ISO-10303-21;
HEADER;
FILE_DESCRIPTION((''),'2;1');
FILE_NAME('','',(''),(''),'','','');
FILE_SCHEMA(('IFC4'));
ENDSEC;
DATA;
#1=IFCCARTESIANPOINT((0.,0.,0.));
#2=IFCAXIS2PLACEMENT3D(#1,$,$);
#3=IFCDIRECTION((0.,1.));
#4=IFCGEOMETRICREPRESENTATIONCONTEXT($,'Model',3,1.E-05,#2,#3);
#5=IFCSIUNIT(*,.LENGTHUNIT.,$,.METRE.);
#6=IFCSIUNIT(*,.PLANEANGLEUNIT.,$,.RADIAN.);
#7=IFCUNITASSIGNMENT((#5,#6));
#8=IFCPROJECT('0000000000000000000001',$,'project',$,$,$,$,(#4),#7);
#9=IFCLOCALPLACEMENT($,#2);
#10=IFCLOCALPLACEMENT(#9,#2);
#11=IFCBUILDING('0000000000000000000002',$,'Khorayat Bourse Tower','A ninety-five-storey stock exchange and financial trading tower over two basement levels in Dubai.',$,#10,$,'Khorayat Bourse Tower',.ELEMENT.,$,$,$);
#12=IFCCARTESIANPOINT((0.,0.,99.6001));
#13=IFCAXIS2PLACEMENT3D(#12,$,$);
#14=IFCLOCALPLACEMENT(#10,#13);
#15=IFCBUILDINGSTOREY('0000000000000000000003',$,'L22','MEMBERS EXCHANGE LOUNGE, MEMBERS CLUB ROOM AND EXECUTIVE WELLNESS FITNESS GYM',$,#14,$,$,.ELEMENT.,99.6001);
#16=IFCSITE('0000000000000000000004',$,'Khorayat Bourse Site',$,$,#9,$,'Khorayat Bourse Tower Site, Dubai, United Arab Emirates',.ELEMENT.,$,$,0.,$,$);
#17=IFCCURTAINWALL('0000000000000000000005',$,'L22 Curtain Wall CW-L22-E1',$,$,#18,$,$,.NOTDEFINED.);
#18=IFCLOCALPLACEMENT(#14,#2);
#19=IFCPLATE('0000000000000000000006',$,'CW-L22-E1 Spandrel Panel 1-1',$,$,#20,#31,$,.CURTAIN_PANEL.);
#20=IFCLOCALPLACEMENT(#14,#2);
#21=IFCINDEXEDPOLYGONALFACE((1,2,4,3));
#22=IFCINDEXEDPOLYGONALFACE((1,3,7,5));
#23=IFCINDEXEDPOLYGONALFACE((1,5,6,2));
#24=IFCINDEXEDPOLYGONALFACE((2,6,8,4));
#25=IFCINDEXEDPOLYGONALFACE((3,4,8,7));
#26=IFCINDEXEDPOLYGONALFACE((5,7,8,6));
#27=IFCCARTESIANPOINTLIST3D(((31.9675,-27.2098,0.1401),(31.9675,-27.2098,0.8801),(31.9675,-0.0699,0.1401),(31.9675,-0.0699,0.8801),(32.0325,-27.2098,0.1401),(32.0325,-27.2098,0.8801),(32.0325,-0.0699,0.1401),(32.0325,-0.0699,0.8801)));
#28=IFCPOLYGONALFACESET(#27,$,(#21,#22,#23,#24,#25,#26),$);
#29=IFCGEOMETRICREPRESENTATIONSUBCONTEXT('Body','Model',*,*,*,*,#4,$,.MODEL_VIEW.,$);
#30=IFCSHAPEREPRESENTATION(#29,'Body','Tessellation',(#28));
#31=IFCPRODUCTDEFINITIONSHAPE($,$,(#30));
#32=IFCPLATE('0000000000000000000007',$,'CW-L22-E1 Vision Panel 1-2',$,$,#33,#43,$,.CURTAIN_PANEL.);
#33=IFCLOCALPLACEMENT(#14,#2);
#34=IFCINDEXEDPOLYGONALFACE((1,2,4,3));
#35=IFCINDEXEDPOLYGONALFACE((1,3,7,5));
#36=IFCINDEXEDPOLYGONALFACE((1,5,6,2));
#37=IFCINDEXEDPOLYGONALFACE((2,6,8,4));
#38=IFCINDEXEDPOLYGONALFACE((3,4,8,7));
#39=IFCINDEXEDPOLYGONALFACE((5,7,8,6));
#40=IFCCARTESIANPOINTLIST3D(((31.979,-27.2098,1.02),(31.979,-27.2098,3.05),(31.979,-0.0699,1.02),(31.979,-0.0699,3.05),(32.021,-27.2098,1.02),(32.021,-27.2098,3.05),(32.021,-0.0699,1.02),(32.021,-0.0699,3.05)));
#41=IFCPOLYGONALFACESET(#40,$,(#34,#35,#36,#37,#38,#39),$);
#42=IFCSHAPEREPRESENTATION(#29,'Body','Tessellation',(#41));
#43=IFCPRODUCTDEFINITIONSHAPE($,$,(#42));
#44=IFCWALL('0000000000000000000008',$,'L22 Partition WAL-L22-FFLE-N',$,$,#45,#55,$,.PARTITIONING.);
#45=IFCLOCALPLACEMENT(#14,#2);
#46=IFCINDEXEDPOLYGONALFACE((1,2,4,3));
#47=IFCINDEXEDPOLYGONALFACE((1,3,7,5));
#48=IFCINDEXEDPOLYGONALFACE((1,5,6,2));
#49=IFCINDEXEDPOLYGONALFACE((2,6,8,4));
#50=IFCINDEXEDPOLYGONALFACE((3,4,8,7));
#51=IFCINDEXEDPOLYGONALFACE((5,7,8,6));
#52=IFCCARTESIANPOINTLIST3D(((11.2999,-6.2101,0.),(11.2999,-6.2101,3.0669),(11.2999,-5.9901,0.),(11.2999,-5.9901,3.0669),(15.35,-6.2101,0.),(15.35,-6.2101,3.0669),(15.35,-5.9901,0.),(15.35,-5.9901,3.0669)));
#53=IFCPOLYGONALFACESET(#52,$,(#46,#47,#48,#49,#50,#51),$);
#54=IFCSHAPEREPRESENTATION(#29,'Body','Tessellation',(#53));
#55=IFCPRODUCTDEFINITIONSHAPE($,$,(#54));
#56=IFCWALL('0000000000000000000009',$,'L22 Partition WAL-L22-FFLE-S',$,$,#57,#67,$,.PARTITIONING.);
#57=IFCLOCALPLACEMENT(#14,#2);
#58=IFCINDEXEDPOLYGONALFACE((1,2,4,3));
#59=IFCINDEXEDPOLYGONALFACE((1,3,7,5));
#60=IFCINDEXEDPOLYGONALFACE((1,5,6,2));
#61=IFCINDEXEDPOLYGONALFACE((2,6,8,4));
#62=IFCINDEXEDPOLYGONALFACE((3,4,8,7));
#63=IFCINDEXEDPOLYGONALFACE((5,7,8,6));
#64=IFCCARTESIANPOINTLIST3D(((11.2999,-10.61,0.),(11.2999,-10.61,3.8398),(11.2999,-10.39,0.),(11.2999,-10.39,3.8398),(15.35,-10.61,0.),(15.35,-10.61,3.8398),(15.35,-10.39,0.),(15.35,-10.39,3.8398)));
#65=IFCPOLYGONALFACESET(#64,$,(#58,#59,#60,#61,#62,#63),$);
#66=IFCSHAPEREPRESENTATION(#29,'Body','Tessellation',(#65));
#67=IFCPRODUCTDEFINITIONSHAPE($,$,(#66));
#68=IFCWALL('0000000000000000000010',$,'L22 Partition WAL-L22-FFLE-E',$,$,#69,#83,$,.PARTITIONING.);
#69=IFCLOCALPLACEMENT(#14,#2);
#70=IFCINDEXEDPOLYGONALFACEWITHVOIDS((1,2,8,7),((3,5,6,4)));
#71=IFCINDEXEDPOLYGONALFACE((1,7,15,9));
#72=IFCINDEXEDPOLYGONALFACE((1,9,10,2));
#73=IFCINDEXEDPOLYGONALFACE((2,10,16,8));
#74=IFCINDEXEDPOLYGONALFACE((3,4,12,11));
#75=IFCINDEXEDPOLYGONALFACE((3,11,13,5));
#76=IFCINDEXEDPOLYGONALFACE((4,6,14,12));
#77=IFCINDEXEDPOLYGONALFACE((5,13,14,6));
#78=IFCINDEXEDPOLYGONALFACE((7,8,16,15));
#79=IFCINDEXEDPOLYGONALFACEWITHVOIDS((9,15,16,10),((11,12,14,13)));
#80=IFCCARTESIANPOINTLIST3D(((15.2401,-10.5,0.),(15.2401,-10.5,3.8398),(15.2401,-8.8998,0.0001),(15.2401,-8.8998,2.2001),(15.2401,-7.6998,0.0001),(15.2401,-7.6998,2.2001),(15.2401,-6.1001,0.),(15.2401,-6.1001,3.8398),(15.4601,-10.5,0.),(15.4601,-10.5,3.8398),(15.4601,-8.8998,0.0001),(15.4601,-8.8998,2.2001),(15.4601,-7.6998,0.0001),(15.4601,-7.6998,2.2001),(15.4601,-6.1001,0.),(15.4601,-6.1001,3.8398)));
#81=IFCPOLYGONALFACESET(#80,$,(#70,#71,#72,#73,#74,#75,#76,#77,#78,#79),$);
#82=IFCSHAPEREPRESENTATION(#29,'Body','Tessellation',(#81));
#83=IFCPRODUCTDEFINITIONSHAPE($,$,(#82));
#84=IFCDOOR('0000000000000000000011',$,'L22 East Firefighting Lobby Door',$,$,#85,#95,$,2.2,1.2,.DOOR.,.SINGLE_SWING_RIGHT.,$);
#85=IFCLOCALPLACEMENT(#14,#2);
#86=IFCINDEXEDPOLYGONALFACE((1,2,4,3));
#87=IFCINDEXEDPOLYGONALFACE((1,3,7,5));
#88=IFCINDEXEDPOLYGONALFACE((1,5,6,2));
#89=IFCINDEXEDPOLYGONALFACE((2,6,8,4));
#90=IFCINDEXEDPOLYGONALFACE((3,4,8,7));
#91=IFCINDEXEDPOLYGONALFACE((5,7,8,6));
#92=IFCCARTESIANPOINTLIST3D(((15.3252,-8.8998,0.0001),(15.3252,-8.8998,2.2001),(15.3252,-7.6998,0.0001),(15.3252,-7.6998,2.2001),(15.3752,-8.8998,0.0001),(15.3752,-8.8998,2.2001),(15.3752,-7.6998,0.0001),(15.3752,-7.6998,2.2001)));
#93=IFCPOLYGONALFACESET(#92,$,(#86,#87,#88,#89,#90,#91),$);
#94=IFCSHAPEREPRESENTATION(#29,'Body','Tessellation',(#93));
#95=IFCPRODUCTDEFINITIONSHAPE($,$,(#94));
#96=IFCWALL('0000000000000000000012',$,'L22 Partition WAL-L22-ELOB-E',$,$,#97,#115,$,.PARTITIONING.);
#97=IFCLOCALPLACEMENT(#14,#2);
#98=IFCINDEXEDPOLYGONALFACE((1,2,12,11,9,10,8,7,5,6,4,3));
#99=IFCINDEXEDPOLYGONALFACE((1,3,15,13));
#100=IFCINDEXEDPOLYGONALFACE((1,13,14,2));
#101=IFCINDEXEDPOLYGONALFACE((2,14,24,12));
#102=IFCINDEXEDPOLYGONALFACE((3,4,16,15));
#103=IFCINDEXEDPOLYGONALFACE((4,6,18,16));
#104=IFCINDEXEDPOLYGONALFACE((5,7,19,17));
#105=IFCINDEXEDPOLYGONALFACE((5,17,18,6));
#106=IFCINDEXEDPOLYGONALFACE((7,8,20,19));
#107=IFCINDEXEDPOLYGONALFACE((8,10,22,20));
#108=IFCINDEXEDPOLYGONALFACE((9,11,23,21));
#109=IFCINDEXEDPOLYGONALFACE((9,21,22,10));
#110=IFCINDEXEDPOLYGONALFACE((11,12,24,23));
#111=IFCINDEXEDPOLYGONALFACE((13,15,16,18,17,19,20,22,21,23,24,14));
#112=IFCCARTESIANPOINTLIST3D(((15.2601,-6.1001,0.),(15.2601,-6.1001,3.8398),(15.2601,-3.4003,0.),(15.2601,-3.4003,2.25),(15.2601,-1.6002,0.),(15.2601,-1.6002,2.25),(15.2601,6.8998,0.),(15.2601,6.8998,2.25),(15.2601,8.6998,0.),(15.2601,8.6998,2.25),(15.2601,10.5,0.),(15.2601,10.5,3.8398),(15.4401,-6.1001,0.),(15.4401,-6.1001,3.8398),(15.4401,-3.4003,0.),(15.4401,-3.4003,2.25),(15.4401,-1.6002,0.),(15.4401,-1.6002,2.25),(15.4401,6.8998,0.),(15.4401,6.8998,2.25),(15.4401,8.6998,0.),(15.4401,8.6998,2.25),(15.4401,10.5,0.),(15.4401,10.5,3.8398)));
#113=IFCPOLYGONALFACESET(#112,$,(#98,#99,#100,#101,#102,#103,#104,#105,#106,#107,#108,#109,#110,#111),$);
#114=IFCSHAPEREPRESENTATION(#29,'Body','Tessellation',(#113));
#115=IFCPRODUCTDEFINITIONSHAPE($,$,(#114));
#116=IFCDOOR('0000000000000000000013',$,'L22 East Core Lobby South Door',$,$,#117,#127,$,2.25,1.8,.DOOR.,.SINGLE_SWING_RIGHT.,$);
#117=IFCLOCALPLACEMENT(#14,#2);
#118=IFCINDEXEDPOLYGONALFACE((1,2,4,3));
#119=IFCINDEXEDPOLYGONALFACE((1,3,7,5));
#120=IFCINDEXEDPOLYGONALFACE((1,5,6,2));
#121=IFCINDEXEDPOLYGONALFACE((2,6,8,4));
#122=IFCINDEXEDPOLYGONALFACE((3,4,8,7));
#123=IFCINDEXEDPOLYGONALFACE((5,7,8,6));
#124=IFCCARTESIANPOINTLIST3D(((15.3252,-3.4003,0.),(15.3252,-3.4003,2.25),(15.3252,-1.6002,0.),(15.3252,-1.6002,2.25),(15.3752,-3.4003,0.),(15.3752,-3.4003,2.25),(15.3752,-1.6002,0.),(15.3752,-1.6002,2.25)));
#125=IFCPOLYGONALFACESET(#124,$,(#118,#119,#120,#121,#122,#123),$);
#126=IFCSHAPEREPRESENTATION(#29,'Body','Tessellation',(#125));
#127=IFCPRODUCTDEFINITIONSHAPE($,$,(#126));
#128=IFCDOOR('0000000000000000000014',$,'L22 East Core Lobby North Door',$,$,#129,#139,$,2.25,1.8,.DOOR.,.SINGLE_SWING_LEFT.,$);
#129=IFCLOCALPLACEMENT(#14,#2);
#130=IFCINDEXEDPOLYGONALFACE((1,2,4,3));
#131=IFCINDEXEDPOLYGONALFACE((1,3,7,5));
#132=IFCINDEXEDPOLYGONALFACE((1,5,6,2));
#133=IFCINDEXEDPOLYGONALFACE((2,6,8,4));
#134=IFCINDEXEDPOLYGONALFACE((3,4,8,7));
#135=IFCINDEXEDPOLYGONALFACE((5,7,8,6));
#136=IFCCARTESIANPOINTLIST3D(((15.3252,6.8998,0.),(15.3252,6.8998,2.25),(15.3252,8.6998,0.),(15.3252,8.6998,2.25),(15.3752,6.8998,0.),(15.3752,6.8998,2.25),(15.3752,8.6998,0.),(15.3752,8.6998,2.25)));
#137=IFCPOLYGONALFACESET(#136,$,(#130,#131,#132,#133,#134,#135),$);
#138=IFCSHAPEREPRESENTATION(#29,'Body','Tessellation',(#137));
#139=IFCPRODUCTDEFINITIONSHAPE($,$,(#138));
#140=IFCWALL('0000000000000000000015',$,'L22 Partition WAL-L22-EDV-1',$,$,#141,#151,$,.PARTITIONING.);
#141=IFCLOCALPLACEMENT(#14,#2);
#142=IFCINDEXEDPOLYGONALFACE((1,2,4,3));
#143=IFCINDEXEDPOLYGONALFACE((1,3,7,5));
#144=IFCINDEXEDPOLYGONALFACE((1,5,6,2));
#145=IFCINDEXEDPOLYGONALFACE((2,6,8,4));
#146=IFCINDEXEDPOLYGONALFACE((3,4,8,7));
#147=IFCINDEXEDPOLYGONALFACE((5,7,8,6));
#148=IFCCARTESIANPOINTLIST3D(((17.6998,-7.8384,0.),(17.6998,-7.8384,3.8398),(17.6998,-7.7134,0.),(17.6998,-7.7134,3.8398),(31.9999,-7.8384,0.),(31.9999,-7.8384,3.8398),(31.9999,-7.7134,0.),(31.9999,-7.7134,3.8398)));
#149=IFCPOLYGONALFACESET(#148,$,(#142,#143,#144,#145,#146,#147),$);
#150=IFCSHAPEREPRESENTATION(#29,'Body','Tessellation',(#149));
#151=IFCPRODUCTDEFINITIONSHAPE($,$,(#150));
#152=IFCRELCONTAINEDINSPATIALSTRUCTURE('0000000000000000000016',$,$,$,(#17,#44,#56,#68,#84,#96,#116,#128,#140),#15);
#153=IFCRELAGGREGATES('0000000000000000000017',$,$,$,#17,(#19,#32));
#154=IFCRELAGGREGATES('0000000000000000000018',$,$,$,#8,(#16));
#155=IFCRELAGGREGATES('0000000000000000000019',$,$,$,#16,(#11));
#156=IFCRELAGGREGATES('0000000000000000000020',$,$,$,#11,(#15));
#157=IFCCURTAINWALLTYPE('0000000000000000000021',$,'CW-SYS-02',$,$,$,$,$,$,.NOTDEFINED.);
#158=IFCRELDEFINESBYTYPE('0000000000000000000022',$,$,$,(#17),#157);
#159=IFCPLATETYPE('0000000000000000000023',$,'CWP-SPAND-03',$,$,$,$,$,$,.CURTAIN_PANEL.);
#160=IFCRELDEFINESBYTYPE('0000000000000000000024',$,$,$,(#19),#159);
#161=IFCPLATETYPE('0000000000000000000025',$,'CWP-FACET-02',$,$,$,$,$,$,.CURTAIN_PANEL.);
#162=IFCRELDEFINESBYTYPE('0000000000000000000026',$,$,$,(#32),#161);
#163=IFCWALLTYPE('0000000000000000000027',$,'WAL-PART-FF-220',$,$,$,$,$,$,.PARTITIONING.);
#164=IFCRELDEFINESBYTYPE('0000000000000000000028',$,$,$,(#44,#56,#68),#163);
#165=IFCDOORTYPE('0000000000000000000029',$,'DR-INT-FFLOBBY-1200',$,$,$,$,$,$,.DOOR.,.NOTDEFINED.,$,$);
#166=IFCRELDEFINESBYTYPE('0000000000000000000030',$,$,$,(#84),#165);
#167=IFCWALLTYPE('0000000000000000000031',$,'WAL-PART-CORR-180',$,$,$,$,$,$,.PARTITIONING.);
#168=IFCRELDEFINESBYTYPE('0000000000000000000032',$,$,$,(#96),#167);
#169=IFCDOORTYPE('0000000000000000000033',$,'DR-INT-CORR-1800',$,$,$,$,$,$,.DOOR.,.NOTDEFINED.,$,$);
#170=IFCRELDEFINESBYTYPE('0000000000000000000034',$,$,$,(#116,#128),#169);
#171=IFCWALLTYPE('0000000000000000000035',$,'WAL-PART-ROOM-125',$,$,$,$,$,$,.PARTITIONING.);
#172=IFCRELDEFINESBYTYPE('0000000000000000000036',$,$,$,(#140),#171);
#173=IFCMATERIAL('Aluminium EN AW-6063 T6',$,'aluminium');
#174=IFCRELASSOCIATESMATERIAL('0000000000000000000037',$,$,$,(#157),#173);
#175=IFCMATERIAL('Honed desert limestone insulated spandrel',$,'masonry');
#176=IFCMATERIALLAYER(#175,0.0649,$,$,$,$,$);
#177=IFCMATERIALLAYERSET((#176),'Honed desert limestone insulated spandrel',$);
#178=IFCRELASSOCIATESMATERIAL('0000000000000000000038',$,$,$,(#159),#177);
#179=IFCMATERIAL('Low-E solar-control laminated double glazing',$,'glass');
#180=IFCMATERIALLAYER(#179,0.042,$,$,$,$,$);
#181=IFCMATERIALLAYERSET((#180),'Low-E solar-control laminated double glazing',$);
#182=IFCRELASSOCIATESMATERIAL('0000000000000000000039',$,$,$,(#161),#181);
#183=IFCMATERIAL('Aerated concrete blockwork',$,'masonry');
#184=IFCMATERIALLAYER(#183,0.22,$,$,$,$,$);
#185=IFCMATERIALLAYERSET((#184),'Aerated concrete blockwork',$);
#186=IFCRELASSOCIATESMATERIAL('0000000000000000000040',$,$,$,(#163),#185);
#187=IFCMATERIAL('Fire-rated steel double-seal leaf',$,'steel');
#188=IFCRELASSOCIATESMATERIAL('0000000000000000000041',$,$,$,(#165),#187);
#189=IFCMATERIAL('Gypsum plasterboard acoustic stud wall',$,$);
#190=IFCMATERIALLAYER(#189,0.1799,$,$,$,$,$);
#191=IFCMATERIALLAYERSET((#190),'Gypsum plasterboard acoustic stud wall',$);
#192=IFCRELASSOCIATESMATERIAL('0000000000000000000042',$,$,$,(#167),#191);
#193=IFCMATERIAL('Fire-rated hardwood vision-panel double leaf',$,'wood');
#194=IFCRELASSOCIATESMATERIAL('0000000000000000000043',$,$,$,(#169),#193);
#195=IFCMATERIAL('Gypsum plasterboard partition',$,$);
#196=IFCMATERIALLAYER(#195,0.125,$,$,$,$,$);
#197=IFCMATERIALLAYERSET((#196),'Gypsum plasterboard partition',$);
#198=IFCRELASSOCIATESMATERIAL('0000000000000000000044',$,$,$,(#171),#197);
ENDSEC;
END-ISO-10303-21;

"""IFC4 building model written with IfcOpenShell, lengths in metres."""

from ifc_helpers import new_model, si_unit, direction, frame, frame_2d, origin, origin_2d, place, context, subcontext, project, spatial, rectangle, extrude, source, transform, mapped, material, layer, layer_set, type_object, element, fill, aggregate, save


model = new_model("IFC4")

# Units and contexts
model_context = context("Model", 3, precision=1e-05, world=origin(), true_north=direction((0.0, 1.0)))
body_context = subcontext(model_context, "Body", "Model", "MODEL_VIEW")
ifc_project = project(units=[si_unit("LENGTHUNIT", "METRE"), si_unit("PLANEANGLEUNIT", "RADIAN")], contexts=[model_context])

# Site, building, storey
site_placement = place(None, origin())
site = spatial("IfcSite", under=ifc_project, at=site_placement, Name="Khorayat Bourse Site", LongName="Khorayat Bourse Tower Site, Dubai, United Arab Emirates", CompositionType="ELEMENT", RefElevation=0.0)
building_placement = place(site_placement, origin())
building = spatial("IfcBuilding", under=site, at=building_placement, Name="Khorayat Bourse Tower", Description="A ninety-five-storey stock exchange and financial trading tower over two basement levels in Dubai.", LongName="Khorayat Bourse Tower", CompositionType="ELEMENT")
storey_placement = place(building_placement, frame((0.0, 0.0, 99.6001)))
storey = spatial("IfcBuildingStorey", under=building, at=storey_placement, Name="L22", Description="MEMBERS EXCHANGE LOUNGE, MEMBERS CLUB ROOM AND EXECUTIVE WELLNESS FITNESS GYM", CompositionType="ELEMENT", Elevation=99.6001)

# Curtain wall
ifc_material_1 = material(Name="Aluminium EN AW-6063 T6", Category="aluminium")
curtain_wall_type = type_object("IfcCurtainWallType", Name="CW-SYS-02", PredefinedType="NOTDEFINED", material=ifc_material_1)
curtain_wall_placement = place(storey_placement, origin())
curtain_wall = element("IfcCurtainWall", 1, at=curtain_wall_placement, inside=storey, type_object=curtain_wall_type, Name="L22 Curtain Wall CW-L22-E1", PredefinedType="NOTDEFINED")

# Plates
ifc_material_2 = material(Name="Honed desert limestone insulated spandrel", Category="masonry")
ifc_layer_1 = layer(ifc_material_2, 0.0649)
ifc_layer_set_1 = layer_set([ifc_layer_1], Name="Honed desert limestone insulated spandrel")
plate_type_1 = type_object("IfcPlateType", Name="CWP-SPAND-03", PredefinedType="CURTAIN_PANEL", material=ifc_layer_set_1)
shared_shape_1 = source(origin(), body_context, "Body", "SweptSolid", [
    extrude(rectangle(XDim=27.1399, YDim=0.0649, at=origin_2d()), origin(), (0.0, 0.0, 1.0), 0.74),
])
plate_1_placement = place(storey_placement, frame((32.0, -13.6399, 0.1401), z_axis=(0.0, 0.0, 1.0), x_axis=(0.0, 1.0, 0.0)))
plate_1 = element("IfcPlate", 2, at=plate_1_placement, type_object=plate_type_1, Name="CW-L22-E1 Spandrel Panel 1-1", PredefinedType="CURTAIN_PANEL", context=body_context, shape_type="MappedRepresentation", body=[
    mapped(shared_shape_1, transform((0.0, 0.0, 0.0), scale=1.0)),
])
ifc_material_3 = material(Name="Low-E solar-control laminated double glazing", Category="glass")
ifc_layer_2 = layer(ifc_material_3, 0.042)
ifc_layer_set_2 = layer_set([ifc_layer_2], Name="Low-E solar-control laminated double glazing")
plate_type_2 = type_object("IfcPlateType", Name="CWP-FACET-02", PredefinedType="CURTAIN_PANEL", material=ifc_layer_set_2)
shared_shape_2 = source(origin(), body_context, "Body", "SweptSolid", [
    extrude(rectangle(XDim=27.1399, YDim=0.042, at=origin_2d()), origin(), (0.0, 0.0, 1.0), 2.03),
])
plate_2_placement = place(storey_placement, frame((32.0, -13.6399, 1.02), z_axis=(0.0, 0.0, 1.0), x_axis=(0.0, 1.0, 0.0)))
plate_2 = element("IfcPlate", 3, at=plate_2_placement, type_object=plate_type_2, Name="CW-L22-E1 Vision Panel 1-2", PredefinedType="CURTAIN_PANEL", context=body_context, shape_type="MappedRepresentation", body=[
    mapped(shared_shape_2, transform((0.0, 0.0, 0.0), scale=1.0)),
])
aggregate(curtain_wall, [plate_1, plate_2])

# Walls
ifc_material_4 = material(Name="Aerated concrete blockwork", Category="masonry")
ifc_layer_3 = layer(ifc_material_4, 0.22)
ifc_layer_set_3 = layer_set([ifc_layer_3], Name="Aerated concrete blockwork")
wall_type_1 = type_object("IfcWallType", Name="WAL-PART-FF-220", PredefinedType="PARTITIONING", material=ifc_layer_set_3)
shared_shape_3 = source(origin(), body_context, "Body", "SweptSolid", [
    extrude(rectangle(XDim=4.05, YDim=0.22, at=frame_2d((2.0249, 0.0))), origin(), (0.0, 0.0, 1.0), 3.0669),
])
wall_1_placement = place(storey_placement, frame((11.3, -6.1001, 0.0), z_axis=(0.0, 0.0, 1.0), x_axis=(1.0, 0.0, 0.0)))
element("IfcWall", 4, at=wall_1_placement, inside=storey, type_object=wall_type_1, Name="L22 Partition WAL-L22-FFLE-N", PredefinedType="PARTITIONING", context=body_context, shape_type="MappedRepresentation", body=[
    mapped(shared_shape_3, transform((0.0, 0.0, 0.0), scale=1.0)),
])
shared_shape_4 = source(origin(), body_context, "Body", "SweptSolid", [
    extrude(rectangle(XDim=4.05, YDim=0.22, at=frame_2d((2.0249, 0.0))), origin(), (0.0, 0.0, 1.0), 3.8398),
])
wall_2_placement = place(storey_placement, frame((11.3, -10.5, 0.0), z_axis=(0.0, 0.0, 1.0), x_axis=(1.0, 0.0, 0.0)))
element("IfcWall", 5, at=wall_2_placement, inside=storey, type_object=wall_type_1, Name="L22 Partition WAL-L22-FFLE-S", PredefinedType="PARTITIONING", context=body_context, shape_type="MappedRepresentation", body=[
    mapped(shared_shape_4, transform((0.0, 0.0, 0.0), scale=1.0)),
])

# Wall, opening, door
shared_shape_5 = source(origin(), body_context, "Body", "SweptSolid", [
    extrude(rectangle(XDim=4.3999, YDim=0.22, at=frame_2d((2.2, 0.0))), origin(), (0.0, 0.0, 1.0), 3.8398),
])
wall_3_placement = place(storey_placement, frame((15.3501, -10.5, 0.0), z_axis=(0.0, 0.0, 1.0), x_axis=(0.0, 1.0, 0.0)))
wall_3 = element("IfcWall", 6, at=wall_3_placement, inside=storey, type_object=wall_type_1, Name="L22 Partition WAL-L22-FFLE-E", PredefinedType="PARTITIONING", context=body_context, shape_type="MappedRepresentation", body=[
    mapped(shared_shape_5, transform((0.0, 0.0, 0.0), scale=1.0)),
])
shared_shape_6 = source(origin(), body_context, "Body", "SweptSolid", [
    extrude(rectangle(XDim=1.2, YDim=2.2, at=frame_2d((0.6001, 1.1001))), frame((0.0, 0.1199, 0.0), z_axis=(0.0, -1.0, 0.0), x_axis=(1.0, 0.0, 0.0)), (0.0, 0.0, 1.0), 0.24),
])
opening_1_placement = place(wall_3_placement, frame((1.6001, 0.0, 0.0)))
opening_1 = element("IfcOpeningElement", 7, at=opening_1_placement, cuts=wall_3, PredefinedType="OPENING", context=body_context, shape_type="MappedRepresentation", body=[
    mapped(shared_shape_6, transform((0.0, 0.0, 0.0), scale=1.0)),
])
ifc_material_5 = material(Name="Fire-rated steel double-seal leaf", Category="steel")
door_type_1 = type_object("IfcDoorType", Name="DR-INT-FFLOBBY-1200", OperationType="NOTDEFINED", PredefinedType="DOOR", material=ifc_material_5)
shared_shape_7 = source(origin(), body_context, "Body", "SweptSolid", [
    extrude(rectangle(XDim=1.2, YDim=2.2, at=frame_2d((0.6001, 1.1001))), frame((0.0, 0.0249, 0.0), z_axis=(0.0, -1.0, 0.0), x_axis=(1.0, 0.0, 0.0)), (0.0, 0.0, 1.0), 0.05),
])
door_1_placement = place(opening_1_placement, origin())
door_1 = element("IfcDoor", 8, at=door_1_placement, inside=storey, type_object=door_type_1, Name="L22 East Firefighting Lobby Door", OperationType="SINGLE_SWING_RIGHT", OverallHeight=2.2, OverallWidth=1.2, PredefinedType="DOOR", context=body_context, shape_type="MappedRepresentation", body=[
    mapped(shared_shape_7, transform((0.0, 0.0, 0.0), scale=1.0)),
])
fill(opening_1, door_1)

# Wall, openings, doors
ifc_material_6 = material(Name="Gypsum plasterboard acoustic stud wall")
ifc_layer_4 = layer(ifc_material_6, 0.1799)
ifc_layer_set_4 = layer_set([ifc_layer_4], Name="Gypsum plasterboard acoustic stud wall")
wall_type_2 = type_object("IfcWallType", Name="WAL-PART-CORR-180", PredefinedType="PARTITIONING", material=ifc_layer_set_4)
shared_shape_8 = source(origin(), body_context, "Body", "SweptSolid", [
    extrude(rectangle(XDim=16.6001, YDim=0.1799, at=frame_2d((8.3, 0.0))), origin(), (0.0, 0.0, 1.0), 3.8398),
])
wall_4_placement = place(storey_placement, frame((15.3501, -6.1001, 0.0), z_axis=(0.0, 0.0, 1.0), x_axis=(0.0, 1.0, 0.0)))
wall_4 = element("IfcWall", 9, at=wall_4_placement, inside=storey, type_object=wall_type_2, Name="L22 Partition WAL-L22-ELOB-E", PredefinedType="PARTITIONING", context=body_context, shape_type="MappedRepresentation", body=[
    mapped(shared_shape_8, transform((0.0, 0.0, 0.0), scale=1.0)),
])
shared_shape_9 = source(origin(), body_context, "Body", "SweptSolid", [
    extrude(rectangle(XDim=1.8, YDim=2.25, at=frame_2d((0.8999, 1.125))), frame((0.0, 0.0999, 0.0), z_axis=(0.0, -1.0, 0.0), x_axis=(1.0, 0.0, 0.0)), (0.0, 0.0, 1.0), 0.2),
])
opening_2_placement = place(wall_4_placement, frame((2.7, 0.0, 0.0)))
opening_2 = element("IfcOpeningElement", 10, at=opening_2_placement, cuts=wall_4, PredefinedType="OPENING", context=body_context, shape_type="MappedRepresentation", body=[
    mapped(shared_shape_9, transform((0.0, 0.0, 0.0), scale=1.0)),
])
opening_3_placement = place(wall_4_placement, frame((13.0, 0.0, 0.0)))
opening_3 = element("IfcOpeningElement", 11, at=opening_3_placement, cuts=wall_4, PredefinedType="OPENING", context=body_context, shape_type="MappedRepresentation", body=[
    mapped(shared_shape_9, transform((0.0, 0.0, 0.0), scale=1.0)),
])
ifc_material_7 = material(Name="Fire-rated hardwood vision-panel double leaf", Category="wood")
door_type_2 = type_object("IfcDoorType", Name="DR-INT-CORR-1800", OperationType="NOTDEFINED", PredefinedType="DOOR", material=ifc_material_7)
shared_shape_10 = source(origin(), body_context, "Body", "SweptSolid", [
    extrude(rectangle(XDim=1.8, YDim=2.25, at=frame_2d((0.8999, 1.125))), frame((0.0, 0.0249, 0.0), z_axis=(0.0, -1.0, 0.0), x_axis=(1.0, 0.0, 0.0)), (0.0, 0.0, 1.0), 0.05),
])
door_2_placement = place(opening_2_placement, origin())
door_2 = element("IfcDoor", 12, at=door_2_placement, inside=storey, type_object=door_type_2, Name="L22 East Core Lobby South Door", OperationType="SINGLE_SWING_RIGHT", OverallHeight=2.25, OverallWidth=1.8, PredefinedType="DOOR", context=body_context, shape_type="MappedRepresentation", body=[
    mapped(shared_shape_10, transform((0.0, 0.0, 0.0), scale=1.0)),
])
fill(opening_2, door_2)
door_3_placement = place(opening_3_placement, origin())
door_3 = element("IfcDoor", 13, at=door_3_placement, inside=storey, type_object=door_type_2, Name="L22 East Core Lobby North Door", OperationType="SINGLE_SWING_LEFT", OverallHeight=2.25, OverallWidth=1.8, PredefinedType="DOOR", context=body_context, shape_type="MappedRepresentation", body=[
    mapped(shared_shape_10, transform((0.0, 0.0, 0.0), scale=1.0)),
])
fill(opening_3, door_3)

# Wall
ifc_material_8 = material(Name="Gypsum plasterboard partition")
ifc_layer_5 = layer(ifc_material_8, 0.125)
ifc_layer_set_5 = layer_set([ifc_layer_5], Name="Gypsum plasterboard partition")
wall_type_3 = type_object("IfcWallType", Name="WAL-PART-ROOM-125", PredefinedType="PARTITIONING", material=ifc_layer_set_5)
shared_shape_11 = source(origin(), body_context, "Body", "SweptSolid", [
    extrude(rectangle(XDim=14.3, YDim=0.125, at=frame_2d((7.1499, 0.0))), origin(), (0.0, 0.0, 1.0), 3.8398),
])
wall_5_placement = place(storey_placement, frame((17.7, -7.7759, 0.0), z_axis=(0.0, 0.0, 1.0), x_axis=(1.0, 0.0, 0.0)))
element("IfcWall", 14, at=wall_5_placement, inside=storey, type_object=wall_type_3, Name="L22 Partition WAL-L22-EDV-1", PredefinedType="PARTITIONING", context=body_context, shape_type="MappedRepresentation", body=[
    mapped(shared_shape_11, transform((0.0, 0.0, 0.0), scale=1.0)),
])

save(model, "model.ifc")
